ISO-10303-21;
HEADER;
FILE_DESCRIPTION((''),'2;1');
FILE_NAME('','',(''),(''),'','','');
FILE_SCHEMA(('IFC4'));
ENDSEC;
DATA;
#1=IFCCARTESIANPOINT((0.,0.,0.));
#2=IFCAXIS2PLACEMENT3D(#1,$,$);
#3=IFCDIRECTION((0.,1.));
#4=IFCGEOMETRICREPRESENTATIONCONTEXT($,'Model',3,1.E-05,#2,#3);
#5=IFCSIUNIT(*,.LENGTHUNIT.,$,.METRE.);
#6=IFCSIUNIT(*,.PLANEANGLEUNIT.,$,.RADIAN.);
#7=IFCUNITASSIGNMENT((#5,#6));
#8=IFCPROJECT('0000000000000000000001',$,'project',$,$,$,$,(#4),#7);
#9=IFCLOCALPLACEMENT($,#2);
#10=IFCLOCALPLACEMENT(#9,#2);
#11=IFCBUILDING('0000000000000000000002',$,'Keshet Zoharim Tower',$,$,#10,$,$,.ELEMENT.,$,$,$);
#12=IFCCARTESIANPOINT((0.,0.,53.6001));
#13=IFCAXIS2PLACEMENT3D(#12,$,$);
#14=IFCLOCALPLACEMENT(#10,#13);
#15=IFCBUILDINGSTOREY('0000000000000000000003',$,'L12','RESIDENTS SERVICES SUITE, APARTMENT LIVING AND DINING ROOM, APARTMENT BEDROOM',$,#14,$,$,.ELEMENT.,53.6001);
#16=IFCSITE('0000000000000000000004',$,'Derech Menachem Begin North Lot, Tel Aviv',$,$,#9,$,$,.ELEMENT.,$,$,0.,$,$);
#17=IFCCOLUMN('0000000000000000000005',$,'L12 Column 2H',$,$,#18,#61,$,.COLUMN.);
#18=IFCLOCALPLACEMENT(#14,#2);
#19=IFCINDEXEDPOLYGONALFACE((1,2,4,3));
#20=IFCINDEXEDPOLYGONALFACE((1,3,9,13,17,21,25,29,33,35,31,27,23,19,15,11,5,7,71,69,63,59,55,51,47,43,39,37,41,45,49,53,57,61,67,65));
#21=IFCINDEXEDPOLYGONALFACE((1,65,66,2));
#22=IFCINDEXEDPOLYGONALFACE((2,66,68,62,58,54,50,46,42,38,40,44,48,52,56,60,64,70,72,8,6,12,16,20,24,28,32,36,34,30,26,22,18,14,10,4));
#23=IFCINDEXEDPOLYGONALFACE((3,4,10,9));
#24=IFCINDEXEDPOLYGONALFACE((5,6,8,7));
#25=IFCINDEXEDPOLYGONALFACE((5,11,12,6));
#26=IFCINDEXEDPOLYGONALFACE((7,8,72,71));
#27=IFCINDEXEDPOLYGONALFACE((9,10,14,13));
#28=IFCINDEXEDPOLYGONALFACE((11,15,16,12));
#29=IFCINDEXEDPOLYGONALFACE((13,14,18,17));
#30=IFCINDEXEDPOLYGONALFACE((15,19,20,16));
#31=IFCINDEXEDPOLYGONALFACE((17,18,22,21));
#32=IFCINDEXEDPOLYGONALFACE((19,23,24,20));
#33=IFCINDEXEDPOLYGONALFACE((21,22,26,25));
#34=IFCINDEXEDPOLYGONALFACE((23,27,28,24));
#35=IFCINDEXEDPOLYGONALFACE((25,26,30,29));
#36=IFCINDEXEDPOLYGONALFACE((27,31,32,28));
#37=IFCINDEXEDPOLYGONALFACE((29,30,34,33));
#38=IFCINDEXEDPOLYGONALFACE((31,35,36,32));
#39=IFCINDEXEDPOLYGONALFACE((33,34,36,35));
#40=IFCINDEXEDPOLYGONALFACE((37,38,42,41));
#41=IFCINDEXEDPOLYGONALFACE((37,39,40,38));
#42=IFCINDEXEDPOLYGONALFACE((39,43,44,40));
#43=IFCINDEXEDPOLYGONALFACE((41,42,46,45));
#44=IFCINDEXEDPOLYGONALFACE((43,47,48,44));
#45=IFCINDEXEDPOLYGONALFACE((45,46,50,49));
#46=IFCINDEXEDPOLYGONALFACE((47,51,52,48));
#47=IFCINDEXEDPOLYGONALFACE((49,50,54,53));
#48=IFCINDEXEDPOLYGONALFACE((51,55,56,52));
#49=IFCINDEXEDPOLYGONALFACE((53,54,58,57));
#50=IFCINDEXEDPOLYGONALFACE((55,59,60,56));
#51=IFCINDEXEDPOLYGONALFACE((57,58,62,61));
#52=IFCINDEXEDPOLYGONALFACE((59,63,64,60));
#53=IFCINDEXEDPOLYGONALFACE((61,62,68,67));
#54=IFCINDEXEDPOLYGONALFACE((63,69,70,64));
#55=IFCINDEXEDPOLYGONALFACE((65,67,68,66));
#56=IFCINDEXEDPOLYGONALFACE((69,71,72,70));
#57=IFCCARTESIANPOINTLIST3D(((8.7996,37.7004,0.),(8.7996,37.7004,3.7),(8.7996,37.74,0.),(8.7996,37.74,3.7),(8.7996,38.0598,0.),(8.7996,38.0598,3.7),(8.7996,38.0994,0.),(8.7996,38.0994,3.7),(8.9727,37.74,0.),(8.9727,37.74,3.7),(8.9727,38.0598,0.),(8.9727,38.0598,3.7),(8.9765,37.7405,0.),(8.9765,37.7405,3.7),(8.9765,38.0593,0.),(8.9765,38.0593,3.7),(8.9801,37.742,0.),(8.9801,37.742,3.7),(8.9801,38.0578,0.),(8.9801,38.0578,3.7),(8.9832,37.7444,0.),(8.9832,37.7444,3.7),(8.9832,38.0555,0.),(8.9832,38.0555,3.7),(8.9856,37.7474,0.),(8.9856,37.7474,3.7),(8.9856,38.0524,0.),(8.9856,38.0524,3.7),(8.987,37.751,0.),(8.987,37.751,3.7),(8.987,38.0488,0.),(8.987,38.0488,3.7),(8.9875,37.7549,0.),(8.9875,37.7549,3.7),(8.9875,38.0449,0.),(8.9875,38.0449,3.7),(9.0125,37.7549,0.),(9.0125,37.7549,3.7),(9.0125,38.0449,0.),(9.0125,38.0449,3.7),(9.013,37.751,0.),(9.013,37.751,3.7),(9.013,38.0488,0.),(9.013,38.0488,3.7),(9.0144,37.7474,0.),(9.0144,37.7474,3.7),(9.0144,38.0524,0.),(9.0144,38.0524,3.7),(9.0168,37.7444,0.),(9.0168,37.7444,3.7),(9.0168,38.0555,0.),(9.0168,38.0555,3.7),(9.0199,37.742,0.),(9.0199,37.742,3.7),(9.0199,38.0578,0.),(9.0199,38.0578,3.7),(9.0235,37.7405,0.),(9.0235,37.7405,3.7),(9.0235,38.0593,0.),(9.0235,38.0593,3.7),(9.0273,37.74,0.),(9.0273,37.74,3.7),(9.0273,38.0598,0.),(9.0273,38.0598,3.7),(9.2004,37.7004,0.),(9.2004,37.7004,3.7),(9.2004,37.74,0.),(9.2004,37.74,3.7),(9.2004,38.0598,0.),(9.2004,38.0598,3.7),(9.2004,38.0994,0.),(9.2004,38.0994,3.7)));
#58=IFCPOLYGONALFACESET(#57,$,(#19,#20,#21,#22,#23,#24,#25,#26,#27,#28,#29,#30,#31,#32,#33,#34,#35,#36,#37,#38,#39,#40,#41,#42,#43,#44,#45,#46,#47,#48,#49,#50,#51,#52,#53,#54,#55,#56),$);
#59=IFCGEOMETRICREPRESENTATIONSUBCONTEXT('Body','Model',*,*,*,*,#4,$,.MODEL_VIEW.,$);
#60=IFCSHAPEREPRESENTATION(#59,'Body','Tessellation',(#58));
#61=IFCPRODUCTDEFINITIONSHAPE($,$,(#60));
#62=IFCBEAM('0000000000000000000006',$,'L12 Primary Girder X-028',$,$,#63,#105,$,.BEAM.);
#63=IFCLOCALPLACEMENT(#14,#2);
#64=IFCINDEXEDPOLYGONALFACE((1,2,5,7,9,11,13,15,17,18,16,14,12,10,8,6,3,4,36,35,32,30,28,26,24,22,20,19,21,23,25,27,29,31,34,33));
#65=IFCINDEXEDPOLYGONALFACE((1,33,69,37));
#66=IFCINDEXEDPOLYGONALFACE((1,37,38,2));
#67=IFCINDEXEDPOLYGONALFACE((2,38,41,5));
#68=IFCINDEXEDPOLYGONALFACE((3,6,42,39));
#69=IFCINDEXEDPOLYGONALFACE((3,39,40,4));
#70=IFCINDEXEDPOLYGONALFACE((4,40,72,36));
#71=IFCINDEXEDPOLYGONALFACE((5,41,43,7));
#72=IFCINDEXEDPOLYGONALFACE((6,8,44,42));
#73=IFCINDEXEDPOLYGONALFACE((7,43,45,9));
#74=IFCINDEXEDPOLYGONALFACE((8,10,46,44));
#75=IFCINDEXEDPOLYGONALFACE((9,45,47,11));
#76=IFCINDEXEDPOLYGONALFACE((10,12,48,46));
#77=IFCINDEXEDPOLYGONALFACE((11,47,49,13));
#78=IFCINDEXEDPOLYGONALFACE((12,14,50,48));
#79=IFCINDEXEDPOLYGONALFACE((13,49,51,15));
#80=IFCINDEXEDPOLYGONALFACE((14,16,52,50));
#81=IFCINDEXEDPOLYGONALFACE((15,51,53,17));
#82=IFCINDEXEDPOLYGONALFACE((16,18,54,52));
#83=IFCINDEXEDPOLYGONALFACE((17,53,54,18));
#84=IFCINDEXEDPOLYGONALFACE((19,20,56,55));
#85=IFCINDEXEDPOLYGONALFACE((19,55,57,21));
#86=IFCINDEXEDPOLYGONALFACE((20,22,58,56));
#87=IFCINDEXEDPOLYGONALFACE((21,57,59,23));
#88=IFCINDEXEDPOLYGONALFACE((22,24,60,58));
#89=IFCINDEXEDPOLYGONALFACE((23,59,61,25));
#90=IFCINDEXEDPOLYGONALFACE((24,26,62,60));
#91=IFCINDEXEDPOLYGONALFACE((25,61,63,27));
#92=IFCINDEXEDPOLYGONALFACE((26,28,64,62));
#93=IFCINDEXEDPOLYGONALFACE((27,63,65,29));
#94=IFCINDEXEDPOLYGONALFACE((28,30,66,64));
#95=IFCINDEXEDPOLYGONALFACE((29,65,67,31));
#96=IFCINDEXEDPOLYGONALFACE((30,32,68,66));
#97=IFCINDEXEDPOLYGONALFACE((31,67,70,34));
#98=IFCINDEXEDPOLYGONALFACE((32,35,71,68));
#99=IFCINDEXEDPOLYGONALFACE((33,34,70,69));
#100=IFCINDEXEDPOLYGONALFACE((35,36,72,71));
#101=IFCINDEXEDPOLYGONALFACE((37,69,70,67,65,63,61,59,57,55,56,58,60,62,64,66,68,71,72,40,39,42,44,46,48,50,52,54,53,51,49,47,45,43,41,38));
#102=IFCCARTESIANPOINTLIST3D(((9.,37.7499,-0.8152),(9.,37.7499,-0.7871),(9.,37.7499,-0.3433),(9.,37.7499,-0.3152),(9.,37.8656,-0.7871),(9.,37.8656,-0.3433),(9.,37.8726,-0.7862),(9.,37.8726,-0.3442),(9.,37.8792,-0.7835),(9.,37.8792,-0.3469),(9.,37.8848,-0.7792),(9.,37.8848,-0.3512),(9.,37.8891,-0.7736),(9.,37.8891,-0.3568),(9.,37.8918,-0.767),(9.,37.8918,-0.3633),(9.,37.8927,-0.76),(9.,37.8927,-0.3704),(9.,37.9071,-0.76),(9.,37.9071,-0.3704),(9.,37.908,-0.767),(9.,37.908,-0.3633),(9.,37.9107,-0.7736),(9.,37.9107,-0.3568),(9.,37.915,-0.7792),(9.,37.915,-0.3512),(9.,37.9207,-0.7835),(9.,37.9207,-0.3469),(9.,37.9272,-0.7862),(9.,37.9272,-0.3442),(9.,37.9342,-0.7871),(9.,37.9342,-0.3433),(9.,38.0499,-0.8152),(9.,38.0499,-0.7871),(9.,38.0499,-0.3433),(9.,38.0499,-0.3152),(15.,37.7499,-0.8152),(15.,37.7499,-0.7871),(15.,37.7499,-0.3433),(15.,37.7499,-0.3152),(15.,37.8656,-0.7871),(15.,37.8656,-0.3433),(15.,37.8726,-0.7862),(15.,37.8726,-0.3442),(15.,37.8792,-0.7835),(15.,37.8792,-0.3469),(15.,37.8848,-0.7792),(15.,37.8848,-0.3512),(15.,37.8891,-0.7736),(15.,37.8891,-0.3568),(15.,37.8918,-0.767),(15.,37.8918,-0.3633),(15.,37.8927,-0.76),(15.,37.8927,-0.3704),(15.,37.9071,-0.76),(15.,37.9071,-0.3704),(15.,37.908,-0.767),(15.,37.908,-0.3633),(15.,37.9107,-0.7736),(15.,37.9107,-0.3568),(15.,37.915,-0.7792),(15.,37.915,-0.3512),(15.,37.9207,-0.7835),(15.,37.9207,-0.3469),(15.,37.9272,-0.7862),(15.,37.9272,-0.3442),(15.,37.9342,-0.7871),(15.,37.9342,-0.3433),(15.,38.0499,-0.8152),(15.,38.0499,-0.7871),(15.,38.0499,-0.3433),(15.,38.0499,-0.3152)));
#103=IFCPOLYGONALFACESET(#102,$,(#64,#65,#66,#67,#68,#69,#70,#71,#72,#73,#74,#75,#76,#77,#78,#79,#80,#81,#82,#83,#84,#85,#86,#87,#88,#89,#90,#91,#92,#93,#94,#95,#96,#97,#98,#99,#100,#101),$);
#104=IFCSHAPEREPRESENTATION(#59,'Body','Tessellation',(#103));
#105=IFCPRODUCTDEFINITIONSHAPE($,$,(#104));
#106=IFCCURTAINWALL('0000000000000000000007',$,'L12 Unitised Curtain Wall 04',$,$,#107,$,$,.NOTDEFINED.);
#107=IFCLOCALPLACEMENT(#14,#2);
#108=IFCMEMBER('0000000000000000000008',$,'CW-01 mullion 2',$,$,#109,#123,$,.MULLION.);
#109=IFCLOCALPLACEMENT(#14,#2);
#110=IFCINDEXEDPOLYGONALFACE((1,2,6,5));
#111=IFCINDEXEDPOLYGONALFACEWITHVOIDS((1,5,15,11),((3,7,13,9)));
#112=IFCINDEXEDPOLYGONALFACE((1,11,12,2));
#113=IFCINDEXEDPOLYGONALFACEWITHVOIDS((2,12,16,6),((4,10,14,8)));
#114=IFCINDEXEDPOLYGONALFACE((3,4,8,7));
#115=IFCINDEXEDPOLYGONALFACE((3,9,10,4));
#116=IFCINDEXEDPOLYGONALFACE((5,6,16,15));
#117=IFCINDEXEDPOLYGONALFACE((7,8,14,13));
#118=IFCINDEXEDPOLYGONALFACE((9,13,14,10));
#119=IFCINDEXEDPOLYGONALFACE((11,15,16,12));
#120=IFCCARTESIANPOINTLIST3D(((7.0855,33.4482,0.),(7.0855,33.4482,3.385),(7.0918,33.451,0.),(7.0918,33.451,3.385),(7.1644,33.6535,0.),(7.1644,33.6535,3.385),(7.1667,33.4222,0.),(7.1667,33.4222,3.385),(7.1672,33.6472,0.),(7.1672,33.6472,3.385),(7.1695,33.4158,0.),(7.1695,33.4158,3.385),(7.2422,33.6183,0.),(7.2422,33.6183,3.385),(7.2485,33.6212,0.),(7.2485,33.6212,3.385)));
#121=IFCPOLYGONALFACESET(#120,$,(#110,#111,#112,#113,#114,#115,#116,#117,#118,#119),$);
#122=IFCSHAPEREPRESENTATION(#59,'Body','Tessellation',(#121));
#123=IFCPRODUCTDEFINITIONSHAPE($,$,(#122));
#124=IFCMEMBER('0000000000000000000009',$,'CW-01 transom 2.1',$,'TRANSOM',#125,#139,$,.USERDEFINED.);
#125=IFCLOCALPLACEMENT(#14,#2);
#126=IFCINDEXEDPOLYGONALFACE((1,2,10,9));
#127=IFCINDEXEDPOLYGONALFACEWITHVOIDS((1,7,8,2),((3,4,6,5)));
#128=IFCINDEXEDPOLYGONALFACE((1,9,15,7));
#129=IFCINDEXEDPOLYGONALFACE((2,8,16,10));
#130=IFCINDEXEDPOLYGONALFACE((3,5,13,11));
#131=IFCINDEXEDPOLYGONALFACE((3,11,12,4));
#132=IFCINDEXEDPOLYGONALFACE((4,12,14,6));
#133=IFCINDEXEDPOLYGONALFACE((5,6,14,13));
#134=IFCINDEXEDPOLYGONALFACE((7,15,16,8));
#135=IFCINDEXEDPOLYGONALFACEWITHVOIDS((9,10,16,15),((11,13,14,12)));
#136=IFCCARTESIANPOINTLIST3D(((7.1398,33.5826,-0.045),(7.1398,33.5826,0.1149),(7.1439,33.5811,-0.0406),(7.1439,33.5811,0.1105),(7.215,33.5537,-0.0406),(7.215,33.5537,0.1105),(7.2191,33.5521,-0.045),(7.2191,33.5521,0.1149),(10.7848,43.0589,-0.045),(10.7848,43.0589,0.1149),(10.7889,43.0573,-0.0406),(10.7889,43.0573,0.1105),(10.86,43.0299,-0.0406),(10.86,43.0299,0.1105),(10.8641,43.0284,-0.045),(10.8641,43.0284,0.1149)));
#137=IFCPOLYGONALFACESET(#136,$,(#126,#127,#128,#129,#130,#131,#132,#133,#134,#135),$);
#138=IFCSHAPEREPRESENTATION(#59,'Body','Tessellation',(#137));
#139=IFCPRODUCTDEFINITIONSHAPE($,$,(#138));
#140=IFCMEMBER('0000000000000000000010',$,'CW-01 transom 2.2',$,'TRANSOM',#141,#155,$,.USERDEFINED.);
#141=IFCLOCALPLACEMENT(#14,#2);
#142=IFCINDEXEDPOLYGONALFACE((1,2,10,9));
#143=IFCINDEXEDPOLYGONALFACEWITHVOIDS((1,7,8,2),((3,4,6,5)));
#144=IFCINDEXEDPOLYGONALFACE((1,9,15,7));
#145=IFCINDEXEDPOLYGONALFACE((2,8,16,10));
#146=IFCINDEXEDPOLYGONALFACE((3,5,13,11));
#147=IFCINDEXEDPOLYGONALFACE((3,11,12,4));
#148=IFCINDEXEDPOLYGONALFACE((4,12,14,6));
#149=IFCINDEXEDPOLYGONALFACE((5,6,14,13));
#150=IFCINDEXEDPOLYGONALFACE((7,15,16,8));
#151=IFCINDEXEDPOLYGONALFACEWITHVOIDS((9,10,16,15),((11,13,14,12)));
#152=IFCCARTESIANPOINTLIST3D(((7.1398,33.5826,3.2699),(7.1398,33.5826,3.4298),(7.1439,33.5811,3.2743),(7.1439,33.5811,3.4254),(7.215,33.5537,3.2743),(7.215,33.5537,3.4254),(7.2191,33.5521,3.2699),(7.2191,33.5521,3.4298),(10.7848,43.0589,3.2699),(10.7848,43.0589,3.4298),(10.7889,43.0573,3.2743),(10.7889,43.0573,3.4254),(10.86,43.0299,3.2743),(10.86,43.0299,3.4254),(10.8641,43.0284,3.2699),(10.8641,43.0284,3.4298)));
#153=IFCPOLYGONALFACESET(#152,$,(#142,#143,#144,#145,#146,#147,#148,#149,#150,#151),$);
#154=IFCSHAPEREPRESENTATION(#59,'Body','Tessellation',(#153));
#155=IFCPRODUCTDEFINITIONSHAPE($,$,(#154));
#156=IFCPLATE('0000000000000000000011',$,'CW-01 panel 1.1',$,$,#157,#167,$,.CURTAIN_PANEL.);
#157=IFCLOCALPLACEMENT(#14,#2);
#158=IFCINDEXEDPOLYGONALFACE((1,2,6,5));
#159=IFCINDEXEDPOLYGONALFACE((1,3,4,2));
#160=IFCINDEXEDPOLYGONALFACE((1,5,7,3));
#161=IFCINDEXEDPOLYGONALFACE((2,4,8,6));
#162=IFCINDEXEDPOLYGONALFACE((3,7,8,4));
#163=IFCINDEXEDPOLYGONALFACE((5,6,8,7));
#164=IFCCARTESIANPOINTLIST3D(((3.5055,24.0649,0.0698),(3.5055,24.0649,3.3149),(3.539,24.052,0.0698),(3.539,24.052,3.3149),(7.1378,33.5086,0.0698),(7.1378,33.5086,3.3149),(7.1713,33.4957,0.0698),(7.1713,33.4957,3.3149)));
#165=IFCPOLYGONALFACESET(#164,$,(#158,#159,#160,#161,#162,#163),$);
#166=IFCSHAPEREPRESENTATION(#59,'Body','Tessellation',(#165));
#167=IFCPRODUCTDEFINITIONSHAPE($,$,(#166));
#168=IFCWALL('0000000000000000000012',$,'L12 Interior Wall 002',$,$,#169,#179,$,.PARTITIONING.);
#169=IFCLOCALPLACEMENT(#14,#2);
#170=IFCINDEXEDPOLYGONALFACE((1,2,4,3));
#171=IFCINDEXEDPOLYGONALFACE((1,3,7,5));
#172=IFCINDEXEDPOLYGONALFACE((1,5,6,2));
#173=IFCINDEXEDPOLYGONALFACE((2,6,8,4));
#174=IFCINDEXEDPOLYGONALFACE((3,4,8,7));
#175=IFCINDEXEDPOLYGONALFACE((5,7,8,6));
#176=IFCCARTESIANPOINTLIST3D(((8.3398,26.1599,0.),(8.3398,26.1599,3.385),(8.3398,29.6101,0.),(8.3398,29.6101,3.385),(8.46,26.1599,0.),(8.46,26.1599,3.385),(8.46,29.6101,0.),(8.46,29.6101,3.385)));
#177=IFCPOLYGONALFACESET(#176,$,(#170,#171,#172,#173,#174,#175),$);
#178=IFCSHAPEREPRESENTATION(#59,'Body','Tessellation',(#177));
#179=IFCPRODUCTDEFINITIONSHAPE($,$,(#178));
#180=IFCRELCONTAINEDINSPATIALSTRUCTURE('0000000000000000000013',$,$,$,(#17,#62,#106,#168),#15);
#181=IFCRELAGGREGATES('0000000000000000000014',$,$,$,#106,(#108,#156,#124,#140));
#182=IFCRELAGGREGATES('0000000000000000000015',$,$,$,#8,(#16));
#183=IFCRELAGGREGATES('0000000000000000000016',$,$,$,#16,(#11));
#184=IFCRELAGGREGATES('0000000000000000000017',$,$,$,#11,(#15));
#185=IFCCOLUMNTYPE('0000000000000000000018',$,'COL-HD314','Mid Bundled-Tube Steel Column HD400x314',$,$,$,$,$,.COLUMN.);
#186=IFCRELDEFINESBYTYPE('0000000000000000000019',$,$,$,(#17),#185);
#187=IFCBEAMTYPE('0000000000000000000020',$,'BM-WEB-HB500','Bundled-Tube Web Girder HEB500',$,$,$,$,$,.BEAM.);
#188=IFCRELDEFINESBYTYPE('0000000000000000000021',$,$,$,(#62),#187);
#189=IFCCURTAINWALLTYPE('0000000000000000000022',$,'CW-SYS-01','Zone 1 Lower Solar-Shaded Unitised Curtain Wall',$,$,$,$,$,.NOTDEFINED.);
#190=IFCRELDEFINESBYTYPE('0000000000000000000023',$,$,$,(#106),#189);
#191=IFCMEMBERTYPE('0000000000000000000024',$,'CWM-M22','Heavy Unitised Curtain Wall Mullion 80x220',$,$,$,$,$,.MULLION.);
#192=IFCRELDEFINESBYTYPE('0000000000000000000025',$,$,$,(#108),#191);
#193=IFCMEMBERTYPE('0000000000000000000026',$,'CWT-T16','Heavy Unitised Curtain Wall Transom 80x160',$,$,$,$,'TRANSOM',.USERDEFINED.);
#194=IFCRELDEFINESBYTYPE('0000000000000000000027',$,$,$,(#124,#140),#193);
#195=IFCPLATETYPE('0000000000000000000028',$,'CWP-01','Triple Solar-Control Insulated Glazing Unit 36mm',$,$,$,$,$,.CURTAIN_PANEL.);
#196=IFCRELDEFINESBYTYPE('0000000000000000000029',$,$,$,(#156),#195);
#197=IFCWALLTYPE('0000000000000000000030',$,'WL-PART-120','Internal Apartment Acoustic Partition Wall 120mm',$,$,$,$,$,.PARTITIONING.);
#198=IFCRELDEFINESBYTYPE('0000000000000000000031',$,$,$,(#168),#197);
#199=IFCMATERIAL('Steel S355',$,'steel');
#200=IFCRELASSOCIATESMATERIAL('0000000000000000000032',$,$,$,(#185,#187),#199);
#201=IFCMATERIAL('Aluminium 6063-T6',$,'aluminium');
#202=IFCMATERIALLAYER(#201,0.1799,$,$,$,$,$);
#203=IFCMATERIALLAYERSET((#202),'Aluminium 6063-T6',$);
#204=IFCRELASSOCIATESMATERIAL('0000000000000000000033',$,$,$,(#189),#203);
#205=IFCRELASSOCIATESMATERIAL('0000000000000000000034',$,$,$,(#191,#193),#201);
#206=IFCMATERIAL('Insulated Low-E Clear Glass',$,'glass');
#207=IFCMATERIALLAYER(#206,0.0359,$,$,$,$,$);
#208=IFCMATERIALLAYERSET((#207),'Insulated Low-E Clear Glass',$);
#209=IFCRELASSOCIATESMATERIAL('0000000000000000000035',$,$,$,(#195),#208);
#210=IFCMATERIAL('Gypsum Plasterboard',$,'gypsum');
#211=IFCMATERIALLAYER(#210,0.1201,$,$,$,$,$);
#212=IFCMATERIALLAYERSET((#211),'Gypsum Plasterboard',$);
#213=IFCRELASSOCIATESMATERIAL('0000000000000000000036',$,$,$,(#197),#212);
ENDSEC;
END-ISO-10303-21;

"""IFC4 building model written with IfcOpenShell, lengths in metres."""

from ifc_helpers import new_model, si_unit, direction, frame, frame_2d, origin, origin_2d, place, context, subcontext, project, spatial, rectangle, hollow_rectangle, i_section, extrude, material, layer, layer_set, material_profile, profile_set, type_object, element, aggregate, save


model = new_model("IFC4")

# Units and contexts
model_context = context("Model", 3, precision=1e-05, world=origin(), true_north=direction((0.0, 1.0)))
body_context = subcontext(model_context, "Body", "Model", "MODEL_VIEW")
ifc_project = project(units=[si_unit("LENGTHUNIT", "METRE"), si_unit("PLANEANGLEUNIT", "RADIAN")], contexts=[model_context])

# Site, building, storey
site_placement = place(None, origin())
site = spatial("IfcSite", under=ifc_project, at=site_placement, Name="Derech Menachem Begin North Lot, Tel Aviv", CompositionType="ELEMENT", RefElevation=0.0)
building_placement = place(site_placement, origin())
building = spatial("IfcBuilding", under=site, at=building_placement, Name="Keshet Zoharim Tower", CompositionType="ELEMENT")
storey_placement = place(building_placement, frame((0.0, 0.0, 53.6001)))
storey = spatial("IfcBuildingStorey", under=building, at=storey_placement, Name="L12", Description="RESIDENTS SERVICES SUITE, APARTMENT LIVING AND DINING ROOM, APARTMENT BEDROOM", CompositionType="ELEMENT", Elevation=53.6001)

# Column
ifc_material_1 = material(Name="Steel S355", Category="steel")
ifc_material_profile_1 = material_profile(ifc_material_1, i_section(OverallWidth=0.4009, OverallDepth=0.3989, WebThickness=0.0249, FlangeThickness=0.0396, FilletRadius=0.0149, at=origin_2d()), Name="HD400x314")
ifc_profile_set_1 = profile_set([ifc_material_profile_1], Name="Steel S355")
column_type = type_object("IfcColumnType", Name="COL-HD314", Description="Mid Bundled-Tube Steel Column HD400x314", PredefinedType="COLUMN", material=ifc_profile_set_1)
column_placement = place(storey_placement, frame((9.0, 37.8999, 0.0), z_axis=(0.0, 0.0, 1.0), x_axis=(1.0, 0.0, 0.0)))
element("IfcColumn", 1, at=column_placement, inside=storey, type_object=column_type, Name="L12 Column 2H", PredefinedType="COLUMN", context=body_context, shape_type="SweptSolid", body=[
    extrude(i_section(OverallWidth=0.4009, OverallDepth=0.3989, WebThickness=0.0249, FlangeThickness=0.0396, FilletRadius=0.0149, at=origin_2d()), origin(), (0.0, 0.0, 1.0), 3.7),
])

# Beam
ifc_material_profile_2 = material_profile(ifc_material_1, i_section(OverallWidth=0.3, OverallDepth=0.5, WebThickness=0.0144, FlangeThickness=0.0281, FilletRadius=0.0271, at=origin_2d()), Name="HEB500")
ifc_profile_set_2 = profile_set([ifc_material_profile_2], Name="Steel S355")
beam_type = type_object("IfcBeamType", Name="BM-WEB-HB500", Description="Bundled-Tube Web Girder HEB500", PredefinedType="BEAM", material=ifc_profile_set_2)
beam_placement = place(storey_placement, frame((9.0, 37.8999, -0.5652), z_axis=(1.0, 0.0, 0.0), x_axis=(0.0, 1.0, 0.0)))
element("IfcBeam", 2, at=beam_placement, inside=storey, type_object=beam_type, Name="L12 Primary Girder X-028", PredefinedType="BEAM", context=body_context, shape_type="SweptSolid", body=[
    extrude(i_section(OverallWidth=0.3, OverallDepth=0.5, WebThickness=0.0144, FlangeThickness=0.0281, FilletRadius=0.0271, at=origin_2d()), origin(), (0.0, 0.0, 1.0), 6.0),
])

# Curtain wall, members, plate
ifc_material_2 = material(Name="Aluminium 6063-T6", Category="aluminium")
ifc_layer_1 = layer(ifc_material_2, 0.1799)
ifc_layer_set_1 = layer_set([ifc_layer_1], Name="Aluminium 6063-T6")
curtain_wall_type = type_object("IfcCurtainWallType", Name="CW-SYS-01", Description="Zone 1 Lower Solar-Shaded Unitised Curtain Wall", PredefinedType="NOTDEFINED", material=ifc_layer_set_1)
curtain_wall_placement = place(storey_placement, origin())
curtain_wall = element("IfcCurtainWall", 3, at=curtain_wall_placement, inside=storey, type_object=curtain_wall_type, Name="L12 Unitised Curtain Wall 04", PredefinedType="NOTDEFINED")
ifc_material_profile_3 = material_profile(ifc_material_2, hollow_rectangle(XDim=0.0901, YDim=0.22, WallThickness=0.0049, at=origin_2d()), Name="MUL-90x220")
ifc_profile_set_3 = profile_set([ifc_material_profile_3], Name="Aluminium 6063-T6")
member_type_1 = type_object("IfcMemberType", Name="CWM-M22", Description="Heavy Unitised Curtain Wall Mullion 80x220", PredefinedType="MULLION", material=ifc_profile_set_3)
member_1_placement = place(storey_placement, frame((7.167, 33.5347, 0.0), z_axis=(0.0, 0.0, 1.0), x_axis=(-0.933341, 0.35899, 0.0)))
member_1 = element("IfcMember", 4, at=member_1_placement, type_object=member_type_1, Name="CW-01 mullion 2", PredefinedType="MULLION", context=body_context, shape_type="SweptSolid", body=[
    extrude(hollow_rectangle(XDim=0.0901, YDim=0.22, WallThickness=0.0049, at=origin_2d()), origin(), (0.0, 0.0, 1.0), 3.385),
])
ifc_material_profile_4 = material_profile(ifc_material_2, hollow_rectangle(XDim=0.085, YDim=0.1599, WallThickness=0.0044, at=origin_2d()), Name="TRN-85x160")
ifc_profile_set_4 = profile_set([ifc_material_profile_4], Name="Aluminium 6063-T6")
member_type_2 = type_object("IfcMemberType", Name="CWT-T16", Description="Heavy Unitised Curtain Wall Transom 80x160", ElementType="TRANSOM", PredefinedType="USERDEFINED", material=ifc_profile_set_4)
member_2_placement = place(storey_placement, frame((7.1794, 33.5674, 0.0349), z_axis=(0.359003, 0.933336, 0.0), x_axis=(-0.933336, 0.359003, 0.0)))
member_2 = element("IfcMember", 5, at=member_2_placement, type_object=member_type_2, Name="CW-01 transom 2.1", ObjectType="TRANSOM", PredefinedType="USERDEFINED", context=body_context, shape_type="SweptSolid", body=[
    extrude(hollow_rectangle(XDim=0.085, YDim=0.1599, WallThickness=0.0044, at=origin_2d()), origin(), (0.0, 0.0, 1.0), 10.1531),
])
member_3_placement = place(storey_placement, frame((7.1794, 33.5674, 3.3499), z_axis=(0.359003, 0.933336, 0.0), x_axis=(-0.933336, 0.359003, 0.0)))
member_3 = element("IfcMember", 6, at=member_3_placement, type_object=member_type_2, Name="CW-01 transom 2.2", ObjectType="TRANSOM", PredefinedType="USERDEFINED", context=body_context, shape_type="SweptSolid", body=[
    extrude(hollow_rectangle(XDim=0.085, YDim=0.1599, WallThickness=0.0044, at=origin_2d()), origin(), (0.0, 0.0, 1.0), 10.1531),
])
ifc_material_3 = material(Name="Insulated Low-E Clear Glass", Category="glass")
ifc_layer_2 = layer(ifc_material_3, 0.0359)
ifc_layer_set_2 = layer_set([ifc_layer_2], Name="Insulated Low-E Clear Glass")
plate_type = type_object("IfcPlateType", Name="CWP-01", Description="Triple Solar-Control Insulated Glazing Unit 36mm", PredefinedType="CURTAIN_PANEL", material=ifc_layer_set_2)
plate_placement = place(storey_placement, frame((5.3384, 28.7803, 0.0698), z_axis=(0.0, 0.0, 1.0), x_axis=(0.35899, 0.933341, 0.0)))
plate = element("IfcPlate", 7, at=plate_placement, type_object=plate_type, Name="CW-01 panel 1.1", PredefinedType="CURTAIN_PANEL", context=body_context, shape_type="SweptSolid", body=[
    extrude(rectangle(XDim=10.1182, YDim=0.0359, at=origin_2d()), origin(), (0.0, 0.0, 1.0), 3.2451),
])
aggregate(curtain_wall, [member_1, plate, member_2, member_3])

# Wall
ifc_material_4 = material(Name="Gypsum Plasterboard", Category="gypsum")
ifc_layer_3 = layer(ifc_material_4, 0.1201)
ifc_layer_set_3 = layer_set([ifc_layer_3], Name="Gypsum Plasterboard")
wall_type_1 = type_object("IfcWallType", Name="WL-PART-120", Description="Internal Apartment Acoustic Partition Wall 120mm", PredefinedType="PARTITIONING", material=ifc_layer_set_3)
wall_1_placement = place(storey_placement, frame((8.3999, 26.1599, 0.0), z_axis=(0.0, 0.0, 1.0), x_axis=(0.0, 1.0, 0.0)))
element("IfcWall", 8, at=wall_1_placement, inside=storey, type_object=wall_type_1, Name="L12 Interior Wall 002", PredefinedType="PARTITIONING", context=body_context, shape_type="SweptSolid", body=[
    extrude(rectangle(XDim=3.4502, YDim=0.1201, at=frame_2d((1.7251, 0.0))), origin(), (0.0, 0.0, 1.0), 3.385),
])

save(model, "model.ifc")
